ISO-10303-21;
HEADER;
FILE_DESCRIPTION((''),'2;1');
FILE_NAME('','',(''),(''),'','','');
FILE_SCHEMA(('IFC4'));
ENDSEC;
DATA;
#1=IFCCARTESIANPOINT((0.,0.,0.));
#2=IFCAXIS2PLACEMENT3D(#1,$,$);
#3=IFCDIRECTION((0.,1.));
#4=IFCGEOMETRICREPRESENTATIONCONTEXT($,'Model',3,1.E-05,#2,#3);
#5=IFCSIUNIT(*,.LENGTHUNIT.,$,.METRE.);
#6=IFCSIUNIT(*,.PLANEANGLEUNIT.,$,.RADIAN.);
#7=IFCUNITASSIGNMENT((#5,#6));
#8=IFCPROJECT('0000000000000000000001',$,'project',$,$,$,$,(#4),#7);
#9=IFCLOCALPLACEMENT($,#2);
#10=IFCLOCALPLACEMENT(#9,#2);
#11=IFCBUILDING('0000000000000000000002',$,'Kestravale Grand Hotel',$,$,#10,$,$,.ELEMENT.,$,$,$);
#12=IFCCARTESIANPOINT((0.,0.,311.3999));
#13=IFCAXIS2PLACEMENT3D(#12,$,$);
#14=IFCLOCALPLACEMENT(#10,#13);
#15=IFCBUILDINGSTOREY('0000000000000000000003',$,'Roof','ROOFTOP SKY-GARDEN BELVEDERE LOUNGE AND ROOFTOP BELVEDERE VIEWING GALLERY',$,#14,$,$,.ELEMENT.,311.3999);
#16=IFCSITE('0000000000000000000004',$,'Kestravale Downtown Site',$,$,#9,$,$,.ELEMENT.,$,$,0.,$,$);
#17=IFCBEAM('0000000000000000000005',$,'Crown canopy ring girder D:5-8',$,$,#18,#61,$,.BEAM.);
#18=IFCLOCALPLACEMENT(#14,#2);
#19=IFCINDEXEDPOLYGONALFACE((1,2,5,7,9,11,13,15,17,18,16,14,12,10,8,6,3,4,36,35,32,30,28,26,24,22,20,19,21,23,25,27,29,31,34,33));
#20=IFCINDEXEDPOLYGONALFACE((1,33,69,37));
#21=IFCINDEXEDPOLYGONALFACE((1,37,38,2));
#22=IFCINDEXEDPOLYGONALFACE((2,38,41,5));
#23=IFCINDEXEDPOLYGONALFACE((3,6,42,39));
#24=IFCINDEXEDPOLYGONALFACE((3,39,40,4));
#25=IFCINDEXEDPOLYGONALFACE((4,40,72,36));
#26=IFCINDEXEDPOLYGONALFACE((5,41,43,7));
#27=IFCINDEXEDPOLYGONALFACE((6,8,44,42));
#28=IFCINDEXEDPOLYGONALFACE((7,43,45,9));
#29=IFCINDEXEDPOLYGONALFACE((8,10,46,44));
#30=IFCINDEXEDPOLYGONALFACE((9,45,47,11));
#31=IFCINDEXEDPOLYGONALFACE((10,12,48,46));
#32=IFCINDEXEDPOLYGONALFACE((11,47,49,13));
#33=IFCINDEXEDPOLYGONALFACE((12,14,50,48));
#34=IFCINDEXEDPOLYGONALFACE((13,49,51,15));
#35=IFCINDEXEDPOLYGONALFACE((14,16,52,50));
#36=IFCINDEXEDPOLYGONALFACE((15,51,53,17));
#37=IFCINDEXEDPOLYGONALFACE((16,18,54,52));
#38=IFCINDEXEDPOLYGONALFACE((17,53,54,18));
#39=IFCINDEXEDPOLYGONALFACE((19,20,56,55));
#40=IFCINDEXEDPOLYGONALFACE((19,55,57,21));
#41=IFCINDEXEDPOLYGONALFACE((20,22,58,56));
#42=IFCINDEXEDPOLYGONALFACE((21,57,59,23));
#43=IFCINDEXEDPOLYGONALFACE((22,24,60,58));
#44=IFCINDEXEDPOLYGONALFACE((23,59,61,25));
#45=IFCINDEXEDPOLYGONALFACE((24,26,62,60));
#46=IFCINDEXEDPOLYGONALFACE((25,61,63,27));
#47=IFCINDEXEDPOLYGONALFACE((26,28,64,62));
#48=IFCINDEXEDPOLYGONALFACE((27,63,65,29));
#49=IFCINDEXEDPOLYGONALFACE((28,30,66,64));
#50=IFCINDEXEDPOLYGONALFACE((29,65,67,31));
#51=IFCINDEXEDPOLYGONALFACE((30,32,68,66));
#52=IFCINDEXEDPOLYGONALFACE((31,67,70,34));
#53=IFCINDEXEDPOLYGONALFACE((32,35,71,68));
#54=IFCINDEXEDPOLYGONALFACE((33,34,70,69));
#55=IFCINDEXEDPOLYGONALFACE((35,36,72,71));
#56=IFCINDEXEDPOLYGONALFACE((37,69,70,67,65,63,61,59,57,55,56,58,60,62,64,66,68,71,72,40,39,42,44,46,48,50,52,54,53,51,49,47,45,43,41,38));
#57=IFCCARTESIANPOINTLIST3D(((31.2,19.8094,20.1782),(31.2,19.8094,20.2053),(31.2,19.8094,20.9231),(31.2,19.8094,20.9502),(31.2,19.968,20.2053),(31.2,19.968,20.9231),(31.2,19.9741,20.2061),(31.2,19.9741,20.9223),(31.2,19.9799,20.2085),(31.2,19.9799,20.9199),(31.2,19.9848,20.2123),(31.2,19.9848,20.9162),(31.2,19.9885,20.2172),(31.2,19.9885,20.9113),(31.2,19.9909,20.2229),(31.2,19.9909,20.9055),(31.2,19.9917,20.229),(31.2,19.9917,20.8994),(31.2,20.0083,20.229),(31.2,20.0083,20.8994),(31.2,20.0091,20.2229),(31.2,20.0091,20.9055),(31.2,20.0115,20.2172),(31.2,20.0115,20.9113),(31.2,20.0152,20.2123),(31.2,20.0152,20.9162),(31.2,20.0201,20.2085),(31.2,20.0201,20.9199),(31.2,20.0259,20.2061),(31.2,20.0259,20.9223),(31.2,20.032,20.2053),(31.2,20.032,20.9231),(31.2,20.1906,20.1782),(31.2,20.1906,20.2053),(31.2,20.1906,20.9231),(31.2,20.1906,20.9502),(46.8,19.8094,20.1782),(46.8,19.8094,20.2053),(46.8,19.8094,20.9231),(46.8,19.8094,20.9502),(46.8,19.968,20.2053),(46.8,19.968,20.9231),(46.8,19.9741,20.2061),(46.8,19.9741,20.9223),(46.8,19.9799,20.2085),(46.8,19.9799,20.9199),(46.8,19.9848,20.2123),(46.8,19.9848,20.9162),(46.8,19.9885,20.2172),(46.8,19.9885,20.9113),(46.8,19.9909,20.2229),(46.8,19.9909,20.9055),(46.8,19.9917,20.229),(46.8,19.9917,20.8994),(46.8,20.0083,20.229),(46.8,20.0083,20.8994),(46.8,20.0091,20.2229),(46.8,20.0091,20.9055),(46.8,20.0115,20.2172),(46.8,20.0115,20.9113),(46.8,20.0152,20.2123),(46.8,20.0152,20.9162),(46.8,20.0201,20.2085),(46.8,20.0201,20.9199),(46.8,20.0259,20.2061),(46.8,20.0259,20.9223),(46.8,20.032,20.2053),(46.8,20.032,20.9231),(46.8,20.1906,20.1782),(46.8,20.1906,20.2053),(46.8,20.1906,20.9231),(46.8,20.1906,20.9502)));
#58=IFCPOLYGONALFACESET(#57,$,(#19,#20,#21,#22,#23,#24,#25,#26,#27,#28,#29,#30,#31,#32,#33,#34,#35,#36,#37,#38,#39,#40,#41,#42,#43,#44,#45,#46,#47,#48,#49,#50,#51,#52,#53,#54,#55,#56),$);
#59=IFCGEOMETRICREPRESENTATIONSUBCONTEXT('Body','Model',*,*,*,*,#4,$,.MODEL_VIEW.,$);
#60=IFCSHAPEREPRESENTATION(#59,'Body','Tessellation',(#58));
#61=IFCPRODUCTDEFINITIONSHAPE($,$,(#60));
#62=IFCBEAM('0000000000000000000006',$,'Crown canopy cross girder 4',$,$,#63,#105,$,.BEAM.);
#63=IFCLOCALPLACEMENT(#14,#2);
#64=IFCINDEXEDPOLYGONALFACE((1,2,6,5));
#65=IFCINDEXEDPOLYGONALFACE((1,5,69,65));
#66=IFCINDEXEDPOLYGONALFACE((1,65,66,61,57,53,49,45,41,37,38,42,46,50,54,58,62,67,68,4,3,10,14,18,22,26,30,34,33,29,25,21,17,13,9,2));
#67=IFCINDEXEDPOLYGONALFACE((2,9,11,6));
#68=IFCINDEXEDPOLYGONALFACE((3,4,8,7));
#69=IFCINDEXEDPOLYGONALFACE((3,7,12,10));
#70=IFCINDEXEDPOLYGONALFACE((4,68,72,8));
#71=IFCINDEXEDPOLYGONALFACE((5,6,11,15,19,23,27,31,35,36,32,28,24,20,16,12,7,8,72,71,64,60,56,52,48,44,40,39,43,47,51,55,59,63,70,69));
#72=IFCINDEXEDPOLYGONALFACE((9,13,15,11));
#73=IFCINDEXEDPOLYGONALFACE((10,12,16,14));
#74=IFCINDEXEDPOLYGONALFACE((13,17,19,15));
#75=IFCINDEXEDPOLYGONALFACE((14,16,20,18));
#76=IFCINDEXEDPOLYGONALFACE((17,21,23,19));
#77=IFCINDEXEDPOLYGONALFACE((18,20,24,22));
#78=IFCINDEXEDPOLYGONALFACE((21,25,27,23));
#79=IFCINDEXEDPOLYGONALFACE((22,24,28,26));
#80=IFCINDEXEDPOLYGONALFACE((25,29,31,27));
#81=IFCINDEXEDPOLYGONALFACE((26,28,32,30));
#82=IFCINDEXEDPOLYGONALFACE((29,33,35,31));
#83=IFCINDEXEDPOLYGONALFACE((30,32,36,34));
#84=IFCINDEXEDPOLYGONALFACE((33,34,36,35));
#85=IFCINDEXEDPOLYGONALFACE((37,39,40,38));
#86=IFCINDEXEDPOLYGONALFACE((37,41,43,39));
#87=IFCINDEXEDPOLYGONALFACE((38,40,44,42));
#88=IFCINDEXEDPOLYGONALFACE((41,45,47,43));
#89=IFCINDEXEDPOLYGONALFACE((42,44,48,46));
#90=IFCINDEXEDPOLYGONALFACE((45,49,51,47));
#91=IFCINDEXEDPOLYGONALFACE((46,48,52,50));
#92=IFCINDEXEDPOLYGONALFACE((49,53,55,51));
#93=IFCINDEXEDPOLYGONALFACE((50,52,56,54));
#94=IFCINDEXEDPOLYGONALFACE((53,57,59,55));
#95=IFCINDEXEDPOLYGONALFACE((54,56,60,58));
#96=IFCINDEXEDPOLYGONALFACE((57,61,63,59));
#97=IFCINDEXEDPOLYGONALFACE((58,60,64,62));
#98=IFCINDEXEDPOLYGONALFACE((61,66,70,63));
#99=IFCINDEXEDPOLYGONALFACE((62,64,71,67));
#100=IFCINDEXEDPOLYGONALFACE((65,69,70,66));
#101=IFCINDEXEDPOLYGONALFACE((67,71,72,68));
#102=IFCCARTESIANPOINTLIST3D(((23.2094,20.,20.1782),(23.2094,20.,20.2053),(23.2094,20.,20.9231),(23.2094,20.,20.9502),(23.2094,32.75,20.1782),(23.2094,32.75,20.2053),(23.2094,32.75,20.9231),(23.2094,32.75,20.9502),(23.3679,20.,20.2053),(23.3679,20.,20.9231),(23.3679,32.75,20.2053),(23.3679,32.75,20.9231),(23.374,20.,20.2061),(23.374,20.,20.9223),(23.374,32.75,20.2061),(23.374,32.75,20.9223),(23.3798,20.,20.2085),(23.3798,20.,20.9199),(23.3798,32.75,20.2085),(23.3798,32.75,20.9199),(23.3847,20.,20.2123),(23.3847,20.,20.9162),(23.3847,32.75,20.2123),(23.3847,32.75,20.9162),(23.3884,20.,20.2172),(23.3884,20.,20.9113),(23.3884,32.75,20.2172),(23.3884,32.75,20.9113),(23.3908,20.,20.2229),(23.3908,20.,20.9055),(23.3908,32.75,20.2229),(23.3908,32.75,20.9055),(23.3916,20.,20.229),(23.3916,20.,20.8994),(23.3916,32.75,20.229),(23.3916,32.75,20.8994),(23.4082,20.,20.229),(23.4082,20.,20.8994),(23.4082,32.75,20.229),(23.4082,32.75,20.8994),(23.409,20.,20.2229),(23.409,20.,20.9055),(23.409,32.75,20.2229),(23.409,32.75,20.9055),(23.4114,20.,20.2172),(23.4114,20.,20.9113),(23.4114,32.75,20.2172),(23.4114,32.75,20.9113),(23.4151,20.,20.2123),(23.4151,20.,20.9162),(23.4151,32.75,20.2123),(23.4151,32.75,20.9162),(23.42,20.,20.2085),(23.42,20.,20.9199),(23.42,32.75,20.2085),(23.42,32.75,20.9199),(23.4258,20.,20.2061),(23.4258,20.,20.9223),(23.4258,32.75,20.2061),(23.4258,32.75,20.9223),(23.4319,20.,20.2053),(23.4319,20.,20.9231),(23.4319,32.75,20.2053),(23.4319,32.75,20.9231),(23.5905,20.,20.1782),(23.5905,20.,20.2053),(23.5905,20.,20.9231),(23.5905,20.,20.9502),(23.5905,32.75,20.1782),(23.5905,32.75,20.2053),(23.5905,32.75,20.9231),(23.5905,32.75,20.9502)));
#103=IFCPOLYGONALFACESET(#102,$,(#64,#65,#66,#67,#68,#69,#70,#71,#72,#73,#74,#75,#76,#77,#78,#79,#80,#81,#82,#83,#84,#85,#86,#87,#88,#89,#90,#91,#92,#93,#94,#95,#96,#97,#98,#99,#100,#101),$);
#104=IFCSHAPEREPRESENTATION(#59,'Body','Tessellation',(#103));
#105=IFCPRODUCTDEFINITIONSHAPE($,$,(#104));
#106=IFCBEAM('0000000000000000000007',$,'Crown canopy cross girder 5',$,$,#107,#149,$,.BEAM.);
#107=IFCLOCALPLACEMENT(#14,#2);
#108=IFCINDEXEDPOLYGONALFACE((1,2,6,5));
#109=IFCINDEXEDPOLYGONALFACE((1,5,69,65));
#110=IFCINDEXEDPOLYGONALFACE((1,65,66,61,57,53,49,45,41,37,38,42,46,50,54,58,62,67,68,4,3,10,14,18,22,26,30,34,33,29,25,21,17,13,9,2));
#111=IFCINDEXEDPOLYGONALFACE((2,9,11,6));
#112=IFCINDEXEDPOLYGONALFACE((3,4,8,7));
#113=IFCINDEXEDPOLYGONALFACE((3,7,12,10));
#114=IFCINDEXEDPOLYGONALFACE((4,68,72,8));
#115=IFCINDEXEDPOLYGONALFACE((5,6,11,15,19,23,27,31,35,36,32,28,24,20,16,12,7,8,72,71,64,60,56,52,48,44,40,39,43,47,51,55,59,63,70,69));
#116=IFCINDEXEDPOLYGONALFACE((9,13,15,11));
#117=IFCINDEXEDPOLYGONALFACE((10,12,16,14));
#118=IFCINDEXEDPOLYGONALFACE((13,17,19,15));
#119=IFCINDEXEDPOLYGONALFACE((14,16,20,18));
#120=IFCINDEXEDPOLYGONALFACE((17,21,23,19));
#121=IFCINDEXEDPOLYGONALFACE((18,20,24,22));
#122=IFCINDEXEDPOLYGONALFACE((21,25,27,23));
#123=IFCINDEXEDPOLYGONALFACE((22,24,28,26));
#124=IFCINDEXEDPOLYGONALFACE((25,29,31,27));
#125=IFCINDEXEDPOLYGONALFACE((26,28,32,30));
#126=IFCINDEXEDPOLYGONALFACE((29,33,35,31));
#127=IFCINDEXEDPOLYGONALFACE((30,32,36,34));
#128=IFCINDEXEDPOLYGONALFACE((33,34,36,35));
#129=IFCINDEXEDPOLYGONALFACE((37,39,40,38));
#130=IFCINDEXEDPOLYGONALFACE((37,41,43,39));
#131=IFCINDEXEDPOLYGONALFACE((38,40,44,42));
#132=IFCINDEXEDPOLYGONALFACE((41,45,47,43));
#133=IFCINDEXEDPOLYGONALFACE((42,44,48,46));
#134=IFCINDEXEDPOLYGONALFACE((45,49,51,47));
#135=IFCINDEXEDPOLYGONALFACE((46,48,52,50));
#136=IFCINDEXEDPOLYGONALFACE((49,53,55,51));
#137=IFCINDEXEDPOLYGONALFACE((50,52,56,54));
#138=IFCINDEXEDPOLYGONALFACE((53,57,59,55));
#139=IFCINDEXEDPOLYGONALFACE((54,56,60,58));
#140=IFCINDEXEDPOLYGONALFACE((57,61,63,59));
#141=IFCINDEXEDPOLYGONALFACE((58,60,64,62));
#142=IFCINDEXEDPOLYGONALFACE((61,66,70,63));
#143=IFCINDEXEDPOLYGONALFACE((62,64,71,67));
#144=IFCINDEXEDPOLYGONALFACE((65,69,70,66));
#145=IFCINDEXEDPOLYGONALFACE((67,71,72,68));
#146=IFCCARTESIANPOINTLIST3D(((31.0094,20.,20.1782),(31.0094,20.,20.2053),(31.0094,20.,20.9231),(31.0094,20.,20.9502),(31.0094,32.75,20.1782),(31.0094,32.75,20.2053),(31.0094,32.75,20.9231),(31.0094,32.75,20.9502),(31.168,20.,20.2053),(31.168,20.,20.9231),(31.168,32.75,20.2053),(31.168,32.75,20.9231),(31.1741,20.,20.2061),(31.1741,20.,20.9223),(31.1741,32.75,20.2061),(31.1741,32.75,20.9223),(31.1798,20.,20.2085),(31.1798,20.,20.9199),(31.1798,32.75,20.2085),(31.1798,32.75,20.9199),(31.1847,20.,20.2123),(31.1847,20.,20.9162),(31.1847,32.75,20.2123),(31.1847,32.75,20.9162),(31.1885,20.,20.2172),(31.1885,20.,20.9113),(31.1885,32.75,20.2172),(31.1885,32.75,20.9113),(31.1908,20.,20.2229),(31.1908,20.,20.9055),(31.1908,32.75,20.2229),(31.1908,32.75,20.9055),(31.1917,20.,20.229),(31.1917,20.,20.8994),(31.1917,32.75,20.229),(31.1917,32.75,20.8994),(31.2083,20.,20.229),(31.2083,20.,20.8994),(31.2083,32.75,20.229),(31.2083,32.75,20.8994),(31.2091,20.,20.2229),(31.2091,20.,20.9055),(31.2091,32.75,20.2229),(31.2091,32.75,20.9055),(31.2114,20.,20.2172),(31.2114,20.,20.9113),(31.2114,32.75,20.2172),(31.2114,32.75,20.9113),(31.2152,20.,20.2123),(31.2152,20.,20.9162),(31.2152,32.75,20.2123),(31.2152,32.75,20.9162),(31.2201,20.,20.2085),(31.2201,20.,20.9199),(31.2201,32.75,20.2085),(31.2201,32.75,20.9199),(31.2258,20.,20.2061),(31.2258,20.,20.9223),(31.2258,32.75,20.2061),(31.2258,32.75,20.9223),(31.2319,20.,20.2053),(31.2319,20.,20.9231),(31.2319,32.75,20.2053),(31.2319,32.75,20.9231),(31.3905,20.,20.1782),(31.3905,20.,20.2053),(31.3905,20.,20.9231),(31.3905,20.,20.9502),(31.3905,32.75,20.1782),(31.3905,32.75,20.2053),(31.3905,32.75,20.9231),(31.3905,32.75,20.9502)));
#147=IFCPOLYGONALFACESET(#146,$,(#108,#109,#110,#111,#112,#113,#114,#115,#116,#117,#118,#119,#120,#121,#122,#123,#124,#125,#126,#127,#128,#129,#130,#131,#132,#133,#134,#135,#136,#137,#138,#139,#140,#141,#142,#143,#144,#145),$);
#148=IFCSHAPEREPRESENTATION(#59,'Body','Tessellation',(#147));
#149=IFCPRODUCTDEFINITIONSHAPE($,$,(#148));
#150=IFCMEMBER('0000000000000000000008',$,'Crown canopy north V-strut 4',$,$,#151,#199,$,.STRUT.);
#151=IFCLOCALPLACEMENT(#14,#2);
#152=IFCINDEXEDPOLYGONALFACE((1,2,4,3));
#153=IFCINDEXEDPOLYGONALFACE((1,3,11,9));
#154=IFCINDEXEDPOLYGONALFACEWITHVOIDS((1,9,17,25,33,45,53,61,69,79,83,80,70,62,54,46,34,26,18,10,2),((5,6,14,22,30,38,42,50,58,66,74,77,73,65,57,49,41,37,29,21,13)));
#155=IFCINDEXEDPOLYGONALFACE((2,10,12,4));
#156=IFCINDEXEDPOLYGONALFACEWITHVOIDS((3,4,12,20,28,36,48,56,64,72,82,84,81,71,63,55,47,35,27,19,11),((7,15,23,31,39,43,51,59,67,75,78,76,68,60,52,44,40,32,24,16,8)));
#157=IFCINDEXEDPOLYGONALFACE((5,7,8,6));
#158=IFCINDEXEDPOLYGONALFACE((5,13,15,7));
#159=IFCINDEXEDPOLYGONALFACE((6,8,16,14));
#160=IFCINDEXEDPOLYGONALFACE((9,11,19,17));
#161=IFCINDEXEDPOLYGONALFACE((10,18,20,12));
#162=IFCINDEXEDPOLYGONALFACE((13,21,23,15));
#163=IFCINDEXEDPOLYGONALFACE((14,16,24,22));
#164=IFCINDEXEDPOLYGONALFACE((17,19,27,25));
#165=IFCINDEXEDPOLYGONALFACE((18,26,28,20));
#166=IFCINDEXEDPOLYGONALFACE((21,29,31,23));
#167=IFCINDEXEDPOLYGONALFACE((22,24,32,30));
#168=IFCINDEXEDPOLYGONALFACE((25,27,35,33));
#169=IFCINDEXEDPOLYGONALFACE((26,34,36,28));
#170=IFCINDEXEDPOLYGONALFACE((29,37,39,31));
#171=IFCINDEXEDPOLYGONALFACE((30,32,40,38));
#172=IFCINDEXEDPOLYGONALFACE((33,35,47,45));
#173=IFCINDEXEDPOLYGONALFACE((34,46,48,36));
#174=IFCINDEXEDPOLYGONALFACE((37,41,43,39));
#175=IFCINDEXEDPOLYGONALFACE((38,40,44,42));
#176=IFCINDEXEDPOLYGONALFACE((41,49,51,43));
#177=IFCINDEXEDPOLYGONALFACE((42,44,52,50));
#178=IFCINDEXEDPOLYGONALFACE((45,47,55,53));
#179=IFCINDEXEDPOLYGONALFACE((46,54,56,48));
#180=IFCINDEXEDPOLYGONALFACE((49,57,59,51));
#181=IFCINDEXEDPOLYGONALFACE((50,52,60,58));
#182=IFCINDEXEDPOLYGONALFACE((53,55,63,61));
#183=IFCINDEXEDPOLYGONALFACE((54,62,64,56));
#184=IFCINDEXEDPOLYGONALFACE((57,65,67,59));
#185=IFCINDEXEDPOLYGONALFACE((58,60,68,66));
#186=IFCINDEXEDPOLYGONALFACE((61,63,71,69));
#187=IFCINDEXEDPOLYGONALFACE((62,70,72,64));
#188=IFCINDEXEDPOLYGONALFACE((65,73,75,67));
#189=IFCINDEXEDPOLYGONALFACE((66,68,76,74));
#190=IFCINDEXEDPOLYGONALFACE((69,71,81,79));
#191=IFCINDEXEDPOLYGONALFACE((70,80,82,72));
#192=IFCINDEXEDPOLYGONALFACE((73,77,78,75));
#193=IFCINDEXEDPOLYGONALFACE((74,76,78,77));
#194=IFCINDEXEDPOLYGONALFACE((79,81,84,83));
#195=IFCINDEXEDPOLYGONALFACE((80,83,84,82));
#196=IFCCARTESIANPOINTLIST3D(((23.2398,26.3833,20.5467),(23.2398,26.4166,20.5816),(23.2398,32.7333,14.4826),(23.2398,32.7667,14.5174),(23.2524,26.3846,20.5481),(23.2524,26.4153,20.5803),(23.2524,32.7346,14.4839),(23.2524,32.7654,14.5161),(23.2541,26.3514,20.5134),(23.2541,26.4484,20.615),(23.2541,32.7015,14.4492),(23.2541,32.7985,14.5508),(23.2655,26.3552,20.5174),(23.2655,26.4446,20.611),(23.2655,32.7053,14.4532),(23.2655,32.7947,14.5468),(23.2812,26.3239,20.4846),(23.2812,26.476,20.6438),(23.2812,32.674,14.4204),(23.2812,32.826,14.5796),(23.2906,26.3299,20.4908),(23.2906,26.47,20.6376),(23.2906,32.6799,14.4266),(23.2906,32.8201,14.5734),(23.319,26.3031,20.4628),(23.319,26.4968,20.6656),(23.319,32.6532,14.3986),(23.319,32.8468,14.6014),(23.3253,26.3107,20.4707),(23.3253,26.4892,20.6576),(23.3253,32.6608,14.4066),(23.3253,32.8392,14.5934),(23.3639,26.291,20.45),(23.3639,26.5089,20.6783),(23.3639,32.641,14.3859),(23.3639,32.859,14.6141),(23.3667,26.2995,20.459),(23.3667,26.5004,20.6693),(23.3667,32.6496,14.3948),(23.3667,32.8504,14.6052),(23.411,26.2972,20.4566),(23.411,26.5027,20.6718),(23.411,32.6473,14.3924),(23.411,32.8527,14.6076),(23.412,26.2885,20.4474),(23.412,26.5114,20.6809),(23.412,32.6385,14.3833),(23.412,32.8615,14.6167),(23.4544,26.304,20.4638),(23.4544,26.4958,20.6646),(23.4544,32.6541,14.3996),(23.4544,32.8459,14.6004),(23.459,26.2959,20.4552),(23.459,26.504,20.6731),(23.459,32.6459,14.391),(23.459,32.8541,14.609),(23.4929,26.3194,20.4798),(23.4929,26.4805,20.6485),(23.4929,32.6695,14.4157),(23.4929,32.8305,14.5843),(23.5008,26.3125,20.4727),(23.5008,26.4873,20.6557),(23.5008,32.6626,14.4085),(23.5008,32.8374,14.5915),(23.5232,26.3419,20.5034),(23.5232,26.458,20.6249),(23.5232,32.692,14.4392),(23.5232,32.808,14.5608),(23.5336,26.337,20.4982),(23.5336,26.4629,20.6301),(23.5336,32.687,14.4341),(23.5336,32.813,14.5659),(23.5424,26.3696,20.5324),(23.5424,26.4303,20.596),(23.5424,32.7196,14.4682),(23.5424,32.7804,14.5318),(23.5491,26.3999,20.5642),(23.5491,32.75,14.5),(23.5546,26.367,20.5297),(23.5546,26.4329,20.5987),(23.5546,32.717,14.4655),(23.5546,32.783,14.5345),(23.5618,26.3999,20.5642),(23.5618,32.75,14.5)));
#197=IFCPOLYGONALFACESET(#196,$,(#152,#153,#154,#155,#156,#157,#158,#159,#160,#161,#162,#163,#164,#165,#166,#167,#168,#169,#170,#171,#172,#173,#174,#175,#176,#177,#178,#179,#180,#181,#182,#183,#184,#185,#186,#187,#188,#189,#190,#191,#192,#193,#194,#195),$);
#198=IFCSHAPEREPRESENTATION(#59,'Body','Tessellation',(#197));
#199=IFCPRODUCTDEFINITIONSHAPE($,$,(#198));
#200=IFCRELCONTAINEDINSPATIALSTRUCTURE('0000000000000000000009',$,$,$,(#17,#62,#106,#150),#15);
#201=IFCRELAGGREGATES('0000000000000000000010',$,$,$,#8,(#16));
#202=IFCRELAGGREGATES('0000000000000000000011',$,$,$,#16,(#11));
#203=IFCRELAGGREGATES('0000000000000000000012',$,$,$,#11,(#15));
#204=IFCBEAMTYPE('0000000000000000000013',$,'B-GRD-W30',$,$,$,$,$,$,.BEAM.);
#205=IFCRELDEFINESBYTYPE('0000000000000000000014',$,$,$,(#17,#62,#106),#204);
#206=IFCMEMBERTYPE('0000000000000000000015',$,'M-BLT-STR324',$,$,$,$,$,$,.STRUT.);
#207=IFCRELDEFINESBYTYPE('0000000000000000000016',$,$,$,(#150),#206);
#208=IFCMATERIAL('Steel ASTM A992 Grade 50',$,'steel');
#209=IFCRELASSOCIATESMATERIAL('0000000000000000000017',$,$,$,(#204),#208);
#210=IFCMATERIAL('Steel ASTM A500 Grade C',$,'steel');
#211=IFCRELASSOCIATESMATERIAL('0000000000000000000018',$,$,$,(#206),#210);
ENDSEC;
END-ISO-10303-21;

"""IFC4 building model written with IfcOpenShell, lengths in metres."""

from ifc_helpers import new_model, si_unit, direction, frame, origin, origin_2d, place, context, subcontext, project, spatial, hollow_circle, i_section, extrude, material, material_profile, profile_set, type_object, element, save


model = new_model("IFC4")

# Units and contexts
model_context = context("Model", 3, precision=1e-05, world=origin(), true_north=direction((0.0, 1.0)))
body_context = subcontext(model_context, "Body", "Model", "MODEL_VIEW")
ifc_project = project(units=[si_unit("LENGTHUNIT", "METRE"), si_unit("PLANEANGLEUNIT", "RADIAN")], contexts=[model_context])

# Site, building, storey
site_placement = place(None, origin())
site = spatial("IfcSite", under=ifc_project, at=site_placement, Name="Kestravale Downtown Site", CompositionType="ELEMENT", RefElevation=0.0)
building_placement = place(site_placement, origin())
building = spatial("IfcBuilding", under=site, at=building_placement, Name="Kestravale Grand Hotel", CompositionType="ELEMENT")
storey_placement = place(building_placement, frame((0.0, 0.0, 311.3999)))
storey = spatial("IfcBuildingStorey", under=building, at=storey_placement, Name="Roof", Description="ROOFTOP SKY-GARDEN BELVEDERE LOUNGE AND ROOFTOP BELVEDERE VIEWING GALLERY", CompositionType="ELEMENT", Elevation=311.3999)

# Beams
ifc_material_1 = material(Name="Steel ASTM A992 Grade 50", Category="steel")
ifc_material_profile_1 = material_profile(ifc_material_1, i_section(OverallWidth=0.3811, OverallDepth=0.772, WebThickness=0.0166, FlangeThickness=0.0271, FilletRadius=0.0237, at=origin_2d()))
ifc_profile_set_1 = profile_set([ifc_material_profile_1], Name="Steel ASTM A992 Grade 50")
beam_type = type_object("IfcBeamType", Name="B-GRD-W30", PredefinedType="BEAM", material=ifc_profile_set_1)
beam_1_placement = place(storey_placement, frame((31.2, 20.0, 20.5642), z_axis=(1.0, 0.0, 0.0), x_axis=(0.0, 1.0, 0.0)))
element("IfcBeam", 1, at=beam_1_placement, inside=storey, type_object=beam_type, Name="Crown canopy ring girder D:5-8", PredefinedType="BEAM", context=body_context, shape_type="SweptSolid", body=[
    extrude(i_section(OverallWidth=0.3811, OverallDepth=0.772, WebThickness=0.0166, FlangeThickness=0.0271, FilletRadius=0.0237, at=origin_2d()), origin(), (0.0, 0.0, 1.0), 15.6001),
])
for number, where, z_axis, x_axis, name in (
    (2, (23.3999, 20.0, 20.5642), (0.0, 1.0, 0.0), (-1.0, 0.0, 0.0), "Crown canopy cross girder 4"),
    (3, (31.2, 20.0, 20.5642), (0.0, 1.0, 0.0), (-1.0, 0.0, 0.0), "Crown canopy cross girder 5"),
):
    element("IfcBeam", number, at=place(storey_placement, frame(where, z_axis=z_axis, x_axis=x_axis)), inside=storey, type_object=beam_type, Name=name, PredefinedType="BEAM", context=body_context, shape_type="SweptSolid", body=[
        extrude(i_section(OverallWidth=0.3811, OverallDepth=0.772, WebThickness=0.0166, FlangeThickness=0.0271, FilletRadius=0.0237, at=origin_2d()), origin(), (0.0, 0.0, 1.0), 12.75),
    ])

# Member
ifc_material_2 = material(Name="Steel ASTM A500 Grade C", Category="steel")
ifc_material_profile_2 = material_profile(ifc_material_2, hollow_circle(Radius=0.1619, WallThickness=0.0127, at=origin_2d()))
ifc_profile_set_2 = profile_set([ifc_material_profile_2], Name="Steel ASTM A500 Grade C")
member_type = type_object("IfcMemberType", Name="M-BLT-STR324", PredefinedType="STRUT", material=ifc_profile_set_2)
for number, where, z_axis, x_axis, name in (
    (4, (23.3999, 32.75, 14.5), (0.0, -0.723199, 0.69064), (1.0, 0.0, 0.0), "Crown canopy north V-strut 4"),
):
    element("IfcMember", number, at=place(storey_placement, frame(where, z_axis=z_axis, x_axis=x_axis)), inside=storey, type_object=member_type, Name=name, PredefinedType="STRUT", context=body_context, shape_type="SweptSolid", body=[
        extrude(hollow_circle(Radius=0.1619, WallThickness=0.0127, at=origin_2d()), origin(), (0.0, 0.0, 1.0), 8.7805),
    ])

save(model, "model.ifc")
